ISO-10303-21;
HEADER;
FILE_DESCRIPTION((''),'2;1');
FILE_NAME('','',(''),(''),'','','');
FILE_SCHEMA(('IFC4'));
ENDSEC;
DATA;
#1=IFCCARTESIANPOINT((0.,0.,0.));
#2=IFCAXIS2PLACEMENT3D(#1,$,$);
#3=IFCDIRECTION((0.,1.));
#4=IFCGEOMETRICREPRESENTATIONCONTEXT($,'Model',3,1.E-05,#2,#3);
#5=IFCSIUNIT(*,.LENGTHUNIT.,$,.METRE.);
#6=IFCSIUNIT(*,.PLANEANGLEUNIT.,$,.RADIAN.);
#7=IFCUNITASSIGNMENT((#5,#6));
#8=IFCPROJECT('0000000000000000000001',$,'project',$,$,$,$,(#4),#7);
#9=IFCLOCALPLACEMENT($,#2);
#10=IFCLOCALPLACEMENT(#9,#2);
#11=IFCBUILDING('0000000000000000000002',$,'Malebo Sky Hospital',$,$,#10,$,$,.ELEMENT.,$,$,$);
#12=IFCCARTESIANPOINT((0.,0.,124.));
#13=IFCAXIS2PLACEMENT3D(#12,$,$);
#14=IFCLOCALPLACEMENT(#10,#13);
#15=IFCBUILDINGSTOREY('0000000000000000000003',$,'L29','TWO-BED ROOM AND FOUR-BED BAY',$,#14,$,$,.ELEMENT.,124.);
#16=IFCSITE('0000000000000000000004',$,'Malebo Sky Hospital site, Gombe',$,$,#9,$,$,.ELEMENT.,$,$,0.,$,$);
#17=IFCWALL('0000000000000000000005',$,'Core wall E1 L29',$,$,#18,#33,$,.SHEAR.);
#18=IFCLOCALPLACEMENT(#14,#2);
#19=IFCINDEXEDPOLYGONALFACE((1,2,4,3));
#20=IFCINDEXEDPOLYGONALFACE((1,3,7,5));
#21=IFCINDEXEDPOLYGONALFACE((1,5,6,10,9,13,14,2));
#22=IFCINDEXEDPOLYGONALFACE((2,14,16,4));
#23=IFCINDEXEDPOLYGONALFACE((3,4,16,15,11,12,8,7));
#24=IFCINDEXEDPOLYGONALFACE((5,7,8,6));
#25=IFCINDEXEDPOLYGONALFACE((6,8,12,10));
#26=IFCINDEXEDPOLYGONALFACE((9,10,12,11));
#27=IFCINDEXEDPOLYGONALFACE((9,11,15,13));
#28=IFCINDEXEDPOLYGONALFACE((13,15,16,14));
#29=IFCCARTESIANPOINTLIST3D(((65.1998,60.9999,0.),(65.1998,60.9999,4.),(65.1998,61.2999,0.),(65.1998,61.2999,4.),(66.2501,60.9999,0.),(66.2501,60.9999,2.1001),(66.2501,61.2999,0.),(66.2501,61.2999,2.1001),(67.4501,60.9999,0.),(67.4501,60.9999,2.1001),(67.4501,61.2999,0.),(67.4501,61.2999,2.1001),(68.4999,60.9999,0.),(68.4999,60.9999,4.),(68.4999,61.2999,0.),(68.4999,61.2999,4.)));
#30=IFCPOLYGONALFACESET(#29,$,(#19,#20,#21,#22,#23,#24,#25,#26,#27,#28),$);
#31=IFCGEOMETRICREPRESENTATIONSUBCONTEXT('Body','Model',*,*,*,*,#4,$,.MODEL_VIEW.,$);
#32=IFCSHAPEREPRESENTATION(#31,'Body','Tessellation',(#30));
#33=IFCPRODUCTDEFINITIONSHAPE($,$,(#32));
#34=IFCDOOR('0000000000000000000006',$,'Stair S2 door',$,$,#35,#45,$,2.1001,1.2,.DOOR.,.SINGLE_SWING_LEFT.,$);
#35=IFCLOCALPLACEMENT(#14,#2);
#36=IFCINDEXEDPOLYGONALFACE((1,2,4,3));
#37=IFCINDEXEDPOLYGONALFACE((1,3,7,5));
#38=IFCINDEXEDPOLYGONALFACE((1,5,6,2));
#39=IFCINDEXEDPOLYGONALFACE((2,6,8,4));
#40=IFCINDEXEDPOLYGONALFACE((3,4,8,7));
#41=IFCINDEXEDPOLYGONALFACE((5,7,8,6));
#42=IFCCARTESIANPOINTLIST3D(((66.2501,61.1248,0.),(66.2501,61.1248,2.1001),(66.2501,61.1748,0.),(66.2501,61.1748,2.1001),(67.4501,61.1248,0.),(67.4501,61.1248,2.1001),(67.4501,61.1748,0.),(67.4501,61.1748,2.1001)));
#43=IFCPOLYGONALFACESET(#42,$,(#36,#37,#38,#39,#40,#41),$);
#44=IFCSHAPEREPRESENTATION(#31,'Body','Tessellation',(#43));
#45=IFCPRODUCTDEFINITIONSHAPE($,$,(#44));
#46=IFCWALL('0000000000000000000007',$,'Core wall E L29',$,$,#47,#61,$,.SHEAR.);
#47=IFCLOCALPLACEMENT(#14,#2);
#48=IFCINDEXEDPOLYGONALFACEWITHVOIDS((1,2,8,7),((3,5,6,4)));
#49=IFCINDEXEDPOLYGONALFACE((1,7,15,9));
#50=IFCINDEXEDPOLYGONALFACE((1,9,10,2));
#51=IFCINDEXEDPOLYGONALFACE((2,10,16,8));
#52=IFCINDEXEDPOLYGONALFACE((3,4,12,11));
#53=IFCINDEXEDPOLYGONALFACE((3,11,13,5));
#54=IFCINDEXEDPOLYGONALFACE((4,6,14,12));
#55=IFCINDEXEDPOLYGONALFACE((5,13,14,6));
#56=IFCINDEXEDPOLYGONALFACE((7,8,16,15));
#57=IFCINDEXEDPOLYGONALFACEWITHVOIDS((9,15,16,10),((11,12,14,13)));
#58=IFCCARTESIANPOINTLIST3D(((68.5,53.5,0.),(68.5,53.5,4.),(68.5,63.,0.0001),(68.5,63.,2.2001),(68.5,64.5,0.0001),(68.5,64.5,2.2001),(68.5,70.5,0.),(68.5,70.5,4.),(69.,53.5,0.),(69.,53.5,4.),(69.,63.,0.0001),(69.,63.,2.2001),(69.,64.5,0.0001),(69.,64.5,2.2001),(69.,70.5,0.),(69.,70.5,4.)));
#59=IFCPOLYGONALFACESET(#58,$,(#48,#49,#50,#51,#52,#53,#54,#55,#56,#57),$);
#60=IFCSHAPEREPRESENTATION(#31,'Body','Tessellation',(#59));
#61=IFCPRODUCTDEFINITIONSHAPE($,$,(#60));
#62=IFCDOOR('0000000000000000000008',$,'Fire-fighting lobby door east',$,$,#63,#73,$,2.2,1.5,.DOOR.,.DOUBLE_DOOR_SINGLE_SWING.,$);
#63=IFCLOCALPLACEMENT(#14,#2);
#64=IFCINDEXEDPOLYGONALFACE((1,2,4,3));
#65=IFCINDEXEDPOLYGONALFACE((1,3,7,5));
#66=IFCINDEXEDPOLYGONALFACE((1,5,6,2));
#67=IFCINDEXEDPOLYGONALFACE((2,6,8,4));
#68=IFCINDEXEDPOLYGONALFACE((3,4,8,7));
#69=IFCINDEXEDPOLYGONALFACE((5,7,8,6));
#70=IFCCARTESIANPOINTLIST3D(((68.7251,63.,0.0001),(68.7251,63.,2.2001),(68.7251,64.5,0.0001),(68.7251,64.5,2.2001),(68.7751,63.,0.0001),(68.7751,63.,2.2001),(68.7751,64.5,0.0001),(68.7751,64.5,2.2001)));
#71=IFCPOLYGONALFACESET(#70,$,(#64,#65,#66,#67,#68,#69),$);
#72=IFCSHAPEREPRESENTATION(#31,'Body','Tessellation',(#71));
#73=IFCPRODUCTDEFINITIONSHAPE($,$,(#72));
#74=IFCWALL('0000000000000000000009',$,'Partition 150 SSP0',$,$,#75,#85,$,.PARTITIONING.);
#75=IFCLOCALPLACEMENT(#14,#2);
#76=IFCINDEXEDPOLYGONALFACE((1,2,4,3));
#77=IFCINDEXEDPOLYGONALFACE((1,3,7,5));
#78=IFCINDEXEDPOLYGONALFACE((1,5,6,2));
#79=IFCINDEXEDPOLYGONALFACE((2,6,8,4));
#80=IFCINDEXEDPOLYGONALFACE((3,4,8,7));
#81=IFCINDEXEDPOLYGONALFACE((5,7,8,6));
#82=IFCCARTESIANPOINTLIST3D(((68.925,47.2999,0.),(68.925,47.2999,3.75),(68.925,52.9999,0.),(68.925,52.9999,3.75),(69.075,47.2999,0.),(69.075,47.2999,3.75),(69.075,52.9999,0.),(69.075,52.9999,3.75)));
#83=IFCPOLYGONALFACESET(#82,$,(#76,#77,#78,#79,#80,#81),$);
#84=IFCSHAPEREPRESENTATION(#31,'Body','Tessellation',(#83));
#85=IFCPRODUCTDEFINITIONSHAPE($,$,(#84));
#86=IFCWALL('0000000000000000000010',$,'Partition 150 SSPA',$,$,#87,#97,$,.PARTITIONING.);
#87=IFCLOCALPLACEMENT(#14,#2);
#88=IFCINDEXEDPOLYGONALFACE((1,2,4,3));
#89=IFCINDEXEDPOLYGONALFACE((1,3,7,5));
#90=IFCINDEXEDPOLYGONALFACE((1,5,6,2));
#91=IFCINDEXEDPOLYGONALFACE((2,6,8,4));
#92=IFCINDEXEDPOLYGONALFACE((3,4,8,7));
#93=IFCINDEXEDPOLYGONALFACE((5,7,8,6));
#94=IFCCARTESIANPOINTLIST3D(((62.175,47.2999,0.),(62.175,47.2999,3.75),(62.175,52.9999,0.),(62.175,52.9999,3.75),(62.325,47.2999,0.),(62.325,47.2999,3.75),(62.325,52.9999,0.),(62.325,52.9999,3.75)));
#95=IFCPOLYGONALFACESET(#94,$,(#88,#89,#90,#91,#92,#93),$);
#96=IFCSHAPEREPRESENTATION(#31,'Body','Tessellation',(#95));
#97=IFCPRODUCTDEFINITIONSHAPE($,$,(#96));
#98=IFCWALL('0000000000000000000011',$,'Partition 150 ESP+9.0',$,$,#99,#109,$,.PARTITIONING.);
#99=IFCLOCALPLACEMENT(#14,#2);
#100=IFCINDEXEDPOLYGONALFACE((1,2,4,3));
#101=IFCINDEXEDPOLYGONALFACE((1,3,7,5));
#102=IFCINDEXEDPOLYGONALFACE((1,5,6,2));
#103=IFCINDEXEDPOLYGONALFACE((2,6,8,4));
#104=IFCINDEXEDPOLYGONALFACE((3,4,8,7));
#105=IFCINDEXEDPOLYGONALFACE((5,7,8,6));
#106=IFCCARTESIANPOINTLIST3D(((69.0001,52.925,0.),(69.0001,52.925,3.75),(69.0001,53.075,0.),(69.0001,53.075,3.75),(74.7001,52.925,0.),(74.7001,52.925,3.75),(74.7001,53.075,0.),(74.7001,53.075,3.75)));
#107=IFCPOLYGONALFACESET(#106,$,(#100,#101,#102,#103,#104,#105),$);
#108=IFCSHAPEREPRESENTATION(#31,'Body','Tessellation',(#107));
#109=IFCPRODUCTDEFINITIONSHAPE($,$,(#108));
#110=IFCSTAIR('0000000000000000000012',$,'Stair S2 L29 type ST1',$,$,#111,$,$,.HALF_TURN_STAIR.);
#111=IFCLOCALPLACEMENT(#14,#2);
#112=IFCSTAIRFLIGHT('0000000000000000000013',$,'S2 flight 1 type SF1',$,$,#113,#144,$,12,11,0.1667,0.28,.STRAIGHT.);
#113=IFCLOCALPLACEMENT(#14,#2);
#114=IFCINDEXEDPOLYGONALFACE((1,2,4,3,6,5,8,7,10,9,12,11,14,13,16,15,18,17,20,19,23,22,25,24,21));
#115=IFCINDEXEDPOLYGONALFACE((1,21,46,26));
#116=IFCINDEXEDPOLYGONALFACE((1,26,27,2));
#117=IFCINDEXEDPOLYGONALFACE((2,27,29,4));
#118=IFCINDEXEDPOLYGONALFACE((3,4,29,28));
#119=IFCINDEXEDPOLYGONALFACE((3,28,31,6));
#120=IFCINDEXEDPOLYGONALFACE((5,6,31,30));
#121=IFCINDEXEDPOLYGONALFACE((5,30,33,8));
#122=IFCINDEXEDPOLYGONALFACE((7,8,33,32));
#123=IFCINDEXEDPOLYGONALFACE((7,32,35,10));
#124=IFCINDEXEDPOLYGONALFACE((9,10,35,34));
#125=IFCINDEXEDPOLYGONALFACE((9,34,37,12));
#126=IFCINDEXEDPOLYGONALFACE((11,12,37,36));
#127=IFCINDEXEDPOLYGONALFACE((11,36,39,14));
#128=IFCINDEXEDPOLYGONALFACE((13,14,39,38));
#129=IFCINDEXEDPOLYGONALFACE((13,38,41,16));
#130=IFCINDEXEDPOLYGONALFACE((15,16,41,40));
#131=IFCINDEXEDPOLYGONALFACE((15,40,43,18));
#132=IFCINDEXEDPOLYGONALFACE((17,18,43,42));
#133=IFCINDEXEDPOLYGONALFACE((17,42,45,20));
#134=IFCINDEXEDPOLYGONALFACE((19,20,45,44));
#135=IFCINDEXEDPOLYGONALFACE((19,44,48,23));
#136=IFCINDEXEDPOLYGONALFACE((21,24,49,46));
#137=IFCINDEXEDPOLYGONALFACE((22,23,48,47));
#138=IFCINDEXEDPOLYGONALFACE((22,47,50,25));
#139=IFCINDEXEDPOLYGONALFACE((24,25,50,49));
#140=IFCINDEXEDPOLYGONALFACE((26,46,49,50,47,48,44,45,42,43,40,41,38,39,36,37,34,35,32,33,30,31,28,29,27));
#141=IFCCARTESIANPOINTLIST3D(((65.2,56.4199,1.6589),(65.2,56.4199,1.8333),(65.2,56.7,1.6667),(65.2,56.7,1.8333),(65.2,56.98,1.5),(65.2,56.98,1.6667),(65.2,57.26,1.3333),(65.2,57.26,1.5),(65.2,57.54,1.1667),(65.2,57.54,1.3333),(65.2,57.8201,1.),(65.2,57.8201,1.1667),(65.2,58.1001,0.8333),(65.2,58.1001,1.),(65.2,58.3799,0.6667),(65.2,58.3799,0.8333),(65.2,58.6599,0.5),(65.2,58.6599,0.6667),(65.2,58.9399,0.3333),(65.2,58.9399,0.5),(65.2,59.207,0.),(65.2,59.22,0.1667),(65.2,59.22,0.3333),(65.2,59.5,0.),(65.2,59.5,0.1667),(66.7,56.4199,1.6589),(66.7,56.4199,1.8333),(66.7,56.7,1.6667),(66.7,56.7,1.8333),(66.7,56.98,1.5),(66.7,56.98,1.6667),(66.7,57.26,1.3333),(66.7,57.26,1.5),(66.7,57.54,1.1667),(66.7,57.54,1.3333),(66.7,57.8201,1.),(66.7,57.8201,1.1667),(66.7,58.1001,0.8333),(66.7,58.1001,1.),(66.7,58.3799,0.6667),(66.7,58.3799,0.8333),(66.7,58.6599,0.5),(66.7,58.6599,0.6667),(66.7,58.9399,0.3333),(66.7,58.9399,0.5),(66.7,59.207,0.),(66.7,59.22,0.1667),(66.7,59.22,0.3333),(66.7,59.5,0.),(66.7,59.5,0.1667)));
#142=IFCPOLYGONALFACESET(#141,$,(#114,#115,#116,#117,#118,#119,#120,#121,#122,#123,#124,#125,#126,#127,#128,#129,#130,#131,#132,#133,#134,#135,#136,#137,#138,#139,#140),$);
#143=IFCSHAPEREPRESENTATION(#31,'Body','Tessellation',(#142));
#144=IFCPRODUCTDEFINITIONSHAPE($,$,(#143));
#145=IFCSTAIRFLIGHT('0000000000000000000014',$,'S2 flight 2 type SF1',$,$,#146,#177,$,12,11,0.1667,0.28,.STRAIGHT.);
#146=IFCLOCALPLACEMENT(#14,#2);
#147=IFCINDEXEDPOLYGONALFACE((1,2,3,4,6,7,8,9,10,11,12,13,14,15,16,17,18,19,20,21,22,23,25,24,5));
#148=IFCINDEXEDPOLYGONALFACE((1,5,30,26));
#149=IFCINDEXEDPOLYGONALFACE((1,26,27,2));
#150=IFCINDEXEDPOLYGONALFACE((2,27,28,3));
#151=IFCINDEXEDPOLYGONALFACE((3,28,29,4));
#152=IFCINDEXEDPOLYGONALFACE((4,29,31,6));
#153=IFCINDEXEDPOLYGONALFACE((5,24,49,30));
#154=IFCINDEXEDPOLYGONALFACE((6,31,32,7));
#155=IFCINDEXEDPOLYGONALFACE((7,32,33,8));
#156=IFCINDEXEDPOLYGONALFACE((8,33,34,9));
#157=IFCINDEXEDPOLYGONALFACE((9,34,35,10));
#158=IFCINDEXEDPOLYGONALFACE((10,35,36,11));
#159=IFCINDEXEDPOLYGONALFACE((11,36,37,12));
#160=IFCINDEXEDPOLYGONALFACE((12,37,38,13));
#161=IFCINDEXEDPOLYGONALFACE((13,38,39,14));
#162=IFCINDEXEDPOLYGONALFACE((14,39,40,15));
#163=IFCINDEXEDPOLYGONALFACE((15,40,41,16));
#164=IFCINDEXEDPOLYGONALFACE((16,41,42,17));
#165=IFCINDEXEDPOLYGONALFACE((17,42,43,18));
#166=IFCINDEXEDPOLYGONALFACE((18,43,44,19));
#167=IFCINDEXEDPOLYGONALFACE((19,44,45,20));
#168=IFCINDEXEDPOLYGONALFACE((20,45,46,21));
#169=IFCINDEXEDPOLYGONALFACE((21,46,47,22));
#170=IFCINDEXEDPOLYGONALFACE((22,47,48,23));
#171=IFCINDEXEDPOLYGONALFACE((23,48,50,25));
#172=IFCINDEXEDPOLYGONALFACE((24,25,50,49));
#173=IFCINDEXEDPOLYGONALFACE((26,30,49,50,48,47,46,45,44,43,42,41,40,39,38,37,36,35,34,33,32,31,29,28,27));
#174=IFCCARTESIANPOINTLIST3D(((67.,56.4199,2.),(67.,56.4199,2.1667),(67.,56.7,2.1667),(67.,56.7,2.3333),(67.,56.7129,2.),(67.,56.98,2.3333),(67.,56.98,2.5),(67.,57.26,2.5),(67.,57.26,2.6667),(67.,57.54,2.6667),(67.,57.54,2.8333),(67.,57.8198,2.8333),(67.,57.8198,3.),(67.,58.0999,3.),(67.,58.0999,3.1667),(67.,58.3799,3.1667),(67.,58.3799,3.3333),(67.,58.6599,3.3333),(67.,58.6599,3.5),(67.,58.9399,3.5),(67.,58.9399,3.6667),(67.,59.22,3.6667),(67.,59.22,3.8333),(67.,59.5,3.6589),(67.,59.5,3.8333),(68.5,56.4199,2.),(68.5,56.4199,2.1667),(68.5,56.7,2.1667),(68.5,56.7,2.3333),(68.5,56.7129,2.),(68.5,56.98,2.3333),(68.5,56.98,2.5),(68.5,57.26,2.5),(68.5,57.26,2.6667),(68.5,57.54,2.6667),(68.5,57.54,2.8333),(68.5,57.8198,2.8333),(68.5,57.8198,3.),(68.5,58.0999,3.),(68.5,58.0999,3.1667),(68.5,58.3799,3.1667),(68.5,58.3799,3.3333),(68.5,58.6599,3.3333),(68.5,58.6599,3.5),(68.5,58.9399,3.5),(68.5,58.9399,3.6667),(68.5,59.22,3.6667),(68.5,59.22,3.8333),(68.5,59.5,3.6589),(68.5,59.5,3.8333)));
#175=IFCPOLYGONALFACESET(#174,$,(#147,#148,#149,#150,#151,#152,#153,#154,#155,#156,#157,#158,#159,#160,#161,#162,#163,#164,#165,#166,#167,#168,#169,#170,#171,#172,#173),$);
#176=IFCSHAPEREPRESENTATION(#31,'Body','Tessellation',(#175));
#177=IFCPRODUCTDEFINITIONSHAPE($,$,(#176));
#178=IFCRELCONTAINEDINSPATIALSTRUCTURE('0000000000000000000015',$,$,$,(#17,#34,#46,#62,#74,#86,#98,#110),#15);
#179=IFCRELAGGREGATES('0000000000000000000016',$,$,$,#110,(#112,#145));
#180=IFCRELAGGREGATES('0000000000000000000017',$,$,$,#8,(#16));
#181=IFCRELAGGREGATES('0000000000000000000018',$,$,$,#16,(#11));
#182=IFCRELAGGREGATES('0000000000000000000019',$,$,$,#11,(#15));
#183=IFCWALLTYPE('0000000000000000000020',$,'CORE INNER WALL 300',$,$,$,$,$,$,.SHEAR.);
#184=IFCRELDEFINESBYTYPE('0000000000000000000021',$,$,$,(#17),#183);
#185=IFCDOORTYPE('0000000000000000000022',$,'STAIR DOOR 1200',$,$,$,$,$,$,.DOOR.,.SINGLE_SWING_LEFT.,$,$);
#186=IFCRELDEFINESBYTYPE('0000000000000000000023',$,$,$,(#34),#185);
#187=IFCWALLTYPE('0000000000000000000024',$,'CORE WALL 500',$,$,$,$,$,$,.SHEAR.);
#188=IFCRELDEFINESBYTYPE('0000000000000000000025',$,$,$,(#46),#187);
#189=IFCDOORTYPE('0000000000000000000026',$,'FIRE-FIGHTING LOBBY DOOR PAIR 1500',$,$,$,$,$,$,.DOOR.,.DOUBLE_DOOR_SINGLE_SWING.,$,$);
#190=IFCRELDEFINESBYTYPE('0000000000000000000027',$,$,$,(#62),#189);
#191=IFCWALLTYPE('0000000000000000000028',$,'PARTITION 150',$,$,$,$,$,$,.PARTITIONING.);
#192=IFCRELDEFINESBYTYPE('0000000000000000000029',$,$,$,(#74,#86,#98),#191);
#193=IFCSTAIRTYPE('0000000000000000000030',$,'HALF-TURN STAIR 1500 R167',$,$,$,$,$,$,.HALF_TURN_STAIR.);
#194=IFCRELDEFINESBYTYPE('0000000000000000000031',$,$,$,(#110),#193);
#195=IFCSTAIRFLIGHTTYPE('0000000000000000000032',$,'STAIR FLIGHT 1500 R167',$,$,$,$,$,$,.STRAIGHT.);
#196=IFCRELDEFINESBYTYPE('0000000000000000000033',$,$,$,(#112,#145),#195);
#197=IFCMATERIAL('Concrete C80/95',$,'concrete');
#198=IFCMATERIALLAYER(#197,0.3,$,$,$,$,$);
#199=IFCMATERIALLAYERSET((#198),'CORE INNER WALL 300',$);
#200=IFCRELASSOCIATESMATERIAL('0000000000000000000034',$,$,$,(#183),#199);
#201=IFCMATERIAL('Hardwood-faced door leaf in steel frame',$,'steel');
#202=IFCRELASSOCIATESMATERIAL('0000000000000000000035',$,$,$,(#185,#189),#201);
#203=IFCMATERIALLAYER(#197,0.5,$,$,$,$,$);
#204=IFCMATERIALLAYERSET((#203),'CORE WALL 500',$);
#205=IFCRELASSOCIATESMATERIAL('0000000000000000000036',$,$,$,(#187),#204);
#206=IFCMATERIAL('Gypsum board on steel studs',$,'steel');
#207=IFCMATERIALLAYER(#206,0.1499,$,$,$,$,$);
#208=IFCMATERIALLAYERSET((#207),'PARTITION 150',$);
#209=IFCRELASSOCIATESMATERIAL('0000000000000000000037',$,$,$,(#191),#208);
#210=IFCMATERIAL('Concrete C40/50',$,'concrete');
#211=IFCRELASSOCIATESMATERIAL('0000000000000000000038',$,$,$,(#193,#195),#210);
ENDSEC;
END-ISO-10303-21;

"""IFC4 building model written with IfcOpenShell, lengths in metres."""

from ifc_helpers import new_model, si_unit, direction, frame, frame_2d, origin, place, context, subcontext, project, spatial, polyline, rectangle, outline, extrude, material, layer, layer_set, type_object, element, fill, aggregate, save


model = new_model("IFC4")

# Units and contexts
model_context = context("Model", 3, precision=1e-05, world=origin(), true_north=direction((0.0, 1.0)))
body_context = subcontext(model_context, "Body", "Model", "MODEL_VIEW")
ifc_project = project(units=[si_unit("LENGTHUNIT", "METRE"), si_unit("PLANEANGLEUNIT", "RADIAN")], contexts=[model_context])

# Site, building, storey
site_placement = place(None, origin())
site = spatial("IfcSite", under=ifc_project, at=site_placement, Name="Malebo Sky Hospital site, Gombe", CompositionType="ELEMENT", RefElevation=0.0)
building_placement = place(site_placement, origin())
building = spatial("IfcBuilding", under=site, at=building_placement, Name="Malebo Sky Hospital", CompositionType="ELEMENT")
storey_placement = place(building_placement, frame((0.0, 0.0, 124.0)))
storey = spatial("IfcBuildingStorey", under=building, at=storey_placement, Name="L29", Description="TWO-BED ROOM AND FOUR-BED BAY", CompositionType="ELEMENT", Elevation=124.0)

# Shared definitions
ifc_material_1 = material(Name="Concrete C80/95", Category="concrete")

# Shared definitions
ifc_layer_1 = layer(ifc_material_1, 0.3)
ifc_layer_set_1 = layer_set([ifc_layer_1], Name="CORE INNER WALL 300")
wall_type_1 = type_object("IfcWallType", Name="CORE INNER WALL 300", PredefinedType="SHEAR", material=ifc_layer_set_1)

# Walls, openings, doors
wall_1_placement = place(storey_placement, frame((65.2, 61.1499, 0.0), z_axis=(0.0, 0.0, 1.0), x_axis=(1.0, 0.0, 0.0)))
wall_1 = element("IfcWall", 1, at=wall_1_placement, inside=storey, type_object=wall_type_1, Name="Core wall E1 L29", PredefinedType="SHEAR", context=body_context, shape_type="SweptSolid", body=[
    extrude(rectangle(XDim=3.3, YDim=0.3, at=frame_2d((1.6499, 0.0))), origin(), (0.0, 0.0, 1.0), 4.0),
])
opening_1_placement = place(wall_1_placement, frame((1.05, 0.0, 0.0)))
opening_1 = element("IfcOpeningElement", 2, at=opening_1_placement, cuts=wall_1, PredefinedType="OPENING", context=body_context, shape_type="SweptSolid", body=[
    extrude(rectangle(XDim=1.2, YDim=2.1001, at=frame_2d((0.6001, 1.05))), frame((0.0, 0.1599, 0.0), z_axis=(0.0, -1.0, 0.0), x_axis=(1.0, 0.0, 0.0)), (0.0, 0.0, 1.0), 0.3201),
])
ifc_material_2 = material(Name="Hardwood-faced door leaf in steel frame", Category="steel")
door_type_1 = type_object("IfcDoorType", Name="STAIR DOOR 1200", OperationType="SINGLE_SWING_LEFT", PredefinedType="DOOR", material=ifc_material_2)
door_1_placement = place(opening_1_placement, origin())
door_1 = element("IfcDoor", 3, at=door_1_placement, inside=storey, type_object=door_type_1, Name="Stair S2 door", OperationType="SINGLE_SWING_LEFT", OverallHeight=2.1001, OverallWidth=1.2, PredefinedType="DOOR", context=body_context, shape_type="SweptSolid", body=[
    extrude(rectangle(XDim=1.2, YDim=2.1001, at=frame_2d((0.6001, 1.05))), frame((0.0, 0.0249, 0.0), z_axis=(0.0, -1.0, 0.0), x_axis=(1.0, 0.0, 0.0)), (0.0, 0.0, 1.0), 0.05),
])
fill(opening_1, door_1)
ifc_layer_2 = layer(ifc_material_1, 0.5)
ifc_layer_set_2 = layer_set([ifc_layer_2], Name="CORE WALL 500")
wall_type_2 = type_object("IfcWallType", Name="CORE WALL 500", PredefinedType="SHEAR", material=ifc_layer_set_2)
wall_2_placement = place(storey_placement, frame((68.75, 53.5, 0.0), z_axis=(0.0, 0.0, 1.0), x_axis=(0.0, 1.0, 0.0)))
wall_2 = element("IfcWall", 4, at=wall_2_placement, inside=storey, type_object=wall_type_2, Name="Core wall E L29", PredefinedType="SHEAR", context=body_context, shape_type="SweptSolid", body=[
    extrude(rectangle(XDim=17.0, YDim=0.5, at=frame_2d((8.5, 0.0))), origin(), (0.0, 0.0, 1.0), 4.0),
])
opening_2_placement = place(wall_2_placement, frame((9.5, 0.0, 0.0)))
opening_2 = element("IfcOpeningElement", 5, at=opening_2_placement, cuts=wall_2, PredefinedType="OPENING", context=body_context, shape_type="SweptSolid", body=[
    extrude(rectangle(XDim=1.5, YDim=2.2, at=frame_2d((0.75, 1.1001))), frame((0.0, 0.26, 0.0), z_axis=(0.0, -1.0, 0.0), x_axis=(1.0, 0.0, 0.0)), (0.0, 0.0, 1.0), 0.52),
])
door_type_2 = type_object("IfcDoorType", Name="FIRE-FIGHTING LOBBY DOOR PAIR 1500", OperationType="DOUBLE_DOOR_SINGLE_SWING", PredefinedType="DOOR", material=ifc_material_2)
door_2_placement = place(opening_2_placement, origin())
door_2 = element("IfcDoor", 6, at=door_2_placement, inside=storey, type_object=door_type_2, Name="Fire-fighting lobby door east", OperationType="DOUBLE_DOOR_SINGLE_SWING", OverallHeight=2.2, OverallWidth=1.5, PredefinedType="DOOR", context=body_context, shape_type="SweptSolid", body=[
    extrude(rectangle(XDim=1.5, YDim=2.2, at=frame_2d((0.75, 1.1001))), frame((0.0, 0.0249, 0.0), z_axis=(0.0, -1.0, 0.0), x_axis=(1.0, 0.0, 0.0)), (0.0, 0.0, 1.0), 0.05),
])
fill(opening_2, door_2)

# Walls
ifc_material_3 = material(Name="Gypsum board on steel studs", Category="steel")
ifc_layer_3 = layer(ifc_material_3, 0.1499)
ifc_layer_set_3 = layer_set([ifc_layer_3], Name="PARTITION 150")
wall_type_3 = type_object("IfcWallType", Name="PARTITION 150", PredefinedType="PARTITIONING", material=ifc_layer_set_3)
for number, where, z_axis, x_axis, name in (
    (7, (69.0, 53.0, 0.0), (0.0, 0.0, 1.0), (0.0, -1.0, 0.0), "Partition 150 SSP0"),
    (8, (62.25, 53.0, 0.0), (0.0, 0.0, 1.0), (0.0, -1.0, 0.0), "Partition 150 SSPA"),
    (9, (69.0, 53.0, 0.0), (0.0, 0.0, 1.0), (1.0, 0.0, 0.0), "Partition 150 ESP+9.0"),
):
    element("IfcWall", number, at=place(storey_placement, frame(where, z_axis=z_axis, x_axis=x_axis)), inside=storey, type_object=wall_type_3, Name=name, PredefinedType="PARTITIONING", context=body_context, shape_type="SweptSolid", body=[
        extrude(rectangle(XDim=5.7, YDim=0.1499, at=frame_2d((2.8501, 0.0))), origin(), (0.0, 0.0, 1.0), 3.75),
    ])

# Stair, stair flights
ifc_material_4 = material(Name="Concrete C40/50", Category="concrete")
stair_type = type_object("IfcStairType", Name="HALF-TURN STAIR 1500 R167", PredefinedType="HALF_TURN_STAIR", material=ifc_material_4)
stair_placement = place(storey_placement, origin())
stair = element("IfcStair", 10, at=stair_placement, inside=storey, type_object=stair_type, Name="Stair S2 L29 type ST1", PredefinedType="HALF_TURN_STAIR")
stair_flight_type = type_object("IfcStairFlightType", Name="STAIR FLIGHT 1500 R167", PredefinedType="STRAIGHT", material=ifc_material_4)
stair_flight_1_placement = place(storey_placement, frame((65.95, 59.5, 0.0), z_axis=(0.0, 0.0, 1.0), x_axis=(0.0, -1.0, 0.0)))
stair_flight_1 = element("IfcStairFlight", 11, at=stair_flight_1_placement, type_object=stair_flight_type, Name="S2 flight 1 type SF1", NumberOfRisers=12, NumberOfTreads=11, PredefinedType="STRAIGHT", RiserHeight=0.1667, TreadLength=0.28, context=body_context, shape_type="SweptSolid", body=[
    extrude(outline(polyline([(0.0, 0.0), (0.0, 0.1667), (0.28, 0.1667), (0.28, 0.3333), (0.5601, 0.3333), (0.5601, 0.5), (0.8401, 0.5), (0.8401, 0.6667), (1.1201, 0.6667), (1.1201, 0.8333), (1.3999, 0.8333), (1.3999, 1.0), (1.6799, 1.0), (1.6799, 1.1667), (1.96, 1.1667), (1.96, 1.3333), (2.24, 1.3333), (2.24, 1.5), (2.52, 1.5), (2.52, 1.6667), (2.8, 1.6667), (2.8, 1.8333), (3.0801, 1.8333), (3.0801, 2.0), (3.0801, 1.6589), (0.293, 0.0), (0.0, 0.0)])), frame((0.0, 0.75, 0.0), z_axis=(0.0, -1.0, 0.0), x_axis=(1.0, 0.0, 0.0)), (0.0, 0.0, 1.0), 1.5),
])
stair_flight_2_placement = place(storey_placement, frame((67.75, 56.4199, 2.0), z_axis=(0.0, 0.0, 1.0), x_axis=(0.0, 1.0, 0.0)))
stair_flight_2 = element("IfcStairFlight", 12, at=stair_flight_2_placement, type_object=stair_flight_type, Name="S2 flight 2 type SF1", NumberOfRisers=12, NumberOfTreads=11, PredefinedType="STRAIGHT", RiserHeight=0.1667, TreadLength=0.28, context=body_context, shape_type="SweptSolid", body=[
    extrude(outline(polyline([(0.0, 0.0), (0.0, 0.1667), (0.28, 0.1667), (0.28, 0.3333), (0.5601, 0.3333), (0.5601, 0.5), (0.8401, 0.5), (0.8401, 0.6667), (1.1201, 0.6667), (1.1201, 0.8333), (1.3999, 0.8333), (1.3999, 1.0), (1.6799, 1.0), (1.6799, 1.1667), (1.96, 1.1667), (1.96, 1.3333), (2.24, 1.3333), (2.24, 1.5), (2.52, 1.5), (2.52, 1.6667), (2.8, 1.6667), (2.8, 1.8333), (3.0801, 1.8333), (3.0801, 2.0), (3.0801, 1.6589), (0.293, 0.0), (0.0, 0.0)])), frame((0.0, 0.75, 0.0), z_axis=(0.0, -1.0, 0.0), x_axis=(1.0, 0.0, 0.0)), (0.0, 0.0, 1.0), 1.5),
])
aggregate(stair, [stair_flight_1, stair_flight_2])

save(model, "model.ifc")
